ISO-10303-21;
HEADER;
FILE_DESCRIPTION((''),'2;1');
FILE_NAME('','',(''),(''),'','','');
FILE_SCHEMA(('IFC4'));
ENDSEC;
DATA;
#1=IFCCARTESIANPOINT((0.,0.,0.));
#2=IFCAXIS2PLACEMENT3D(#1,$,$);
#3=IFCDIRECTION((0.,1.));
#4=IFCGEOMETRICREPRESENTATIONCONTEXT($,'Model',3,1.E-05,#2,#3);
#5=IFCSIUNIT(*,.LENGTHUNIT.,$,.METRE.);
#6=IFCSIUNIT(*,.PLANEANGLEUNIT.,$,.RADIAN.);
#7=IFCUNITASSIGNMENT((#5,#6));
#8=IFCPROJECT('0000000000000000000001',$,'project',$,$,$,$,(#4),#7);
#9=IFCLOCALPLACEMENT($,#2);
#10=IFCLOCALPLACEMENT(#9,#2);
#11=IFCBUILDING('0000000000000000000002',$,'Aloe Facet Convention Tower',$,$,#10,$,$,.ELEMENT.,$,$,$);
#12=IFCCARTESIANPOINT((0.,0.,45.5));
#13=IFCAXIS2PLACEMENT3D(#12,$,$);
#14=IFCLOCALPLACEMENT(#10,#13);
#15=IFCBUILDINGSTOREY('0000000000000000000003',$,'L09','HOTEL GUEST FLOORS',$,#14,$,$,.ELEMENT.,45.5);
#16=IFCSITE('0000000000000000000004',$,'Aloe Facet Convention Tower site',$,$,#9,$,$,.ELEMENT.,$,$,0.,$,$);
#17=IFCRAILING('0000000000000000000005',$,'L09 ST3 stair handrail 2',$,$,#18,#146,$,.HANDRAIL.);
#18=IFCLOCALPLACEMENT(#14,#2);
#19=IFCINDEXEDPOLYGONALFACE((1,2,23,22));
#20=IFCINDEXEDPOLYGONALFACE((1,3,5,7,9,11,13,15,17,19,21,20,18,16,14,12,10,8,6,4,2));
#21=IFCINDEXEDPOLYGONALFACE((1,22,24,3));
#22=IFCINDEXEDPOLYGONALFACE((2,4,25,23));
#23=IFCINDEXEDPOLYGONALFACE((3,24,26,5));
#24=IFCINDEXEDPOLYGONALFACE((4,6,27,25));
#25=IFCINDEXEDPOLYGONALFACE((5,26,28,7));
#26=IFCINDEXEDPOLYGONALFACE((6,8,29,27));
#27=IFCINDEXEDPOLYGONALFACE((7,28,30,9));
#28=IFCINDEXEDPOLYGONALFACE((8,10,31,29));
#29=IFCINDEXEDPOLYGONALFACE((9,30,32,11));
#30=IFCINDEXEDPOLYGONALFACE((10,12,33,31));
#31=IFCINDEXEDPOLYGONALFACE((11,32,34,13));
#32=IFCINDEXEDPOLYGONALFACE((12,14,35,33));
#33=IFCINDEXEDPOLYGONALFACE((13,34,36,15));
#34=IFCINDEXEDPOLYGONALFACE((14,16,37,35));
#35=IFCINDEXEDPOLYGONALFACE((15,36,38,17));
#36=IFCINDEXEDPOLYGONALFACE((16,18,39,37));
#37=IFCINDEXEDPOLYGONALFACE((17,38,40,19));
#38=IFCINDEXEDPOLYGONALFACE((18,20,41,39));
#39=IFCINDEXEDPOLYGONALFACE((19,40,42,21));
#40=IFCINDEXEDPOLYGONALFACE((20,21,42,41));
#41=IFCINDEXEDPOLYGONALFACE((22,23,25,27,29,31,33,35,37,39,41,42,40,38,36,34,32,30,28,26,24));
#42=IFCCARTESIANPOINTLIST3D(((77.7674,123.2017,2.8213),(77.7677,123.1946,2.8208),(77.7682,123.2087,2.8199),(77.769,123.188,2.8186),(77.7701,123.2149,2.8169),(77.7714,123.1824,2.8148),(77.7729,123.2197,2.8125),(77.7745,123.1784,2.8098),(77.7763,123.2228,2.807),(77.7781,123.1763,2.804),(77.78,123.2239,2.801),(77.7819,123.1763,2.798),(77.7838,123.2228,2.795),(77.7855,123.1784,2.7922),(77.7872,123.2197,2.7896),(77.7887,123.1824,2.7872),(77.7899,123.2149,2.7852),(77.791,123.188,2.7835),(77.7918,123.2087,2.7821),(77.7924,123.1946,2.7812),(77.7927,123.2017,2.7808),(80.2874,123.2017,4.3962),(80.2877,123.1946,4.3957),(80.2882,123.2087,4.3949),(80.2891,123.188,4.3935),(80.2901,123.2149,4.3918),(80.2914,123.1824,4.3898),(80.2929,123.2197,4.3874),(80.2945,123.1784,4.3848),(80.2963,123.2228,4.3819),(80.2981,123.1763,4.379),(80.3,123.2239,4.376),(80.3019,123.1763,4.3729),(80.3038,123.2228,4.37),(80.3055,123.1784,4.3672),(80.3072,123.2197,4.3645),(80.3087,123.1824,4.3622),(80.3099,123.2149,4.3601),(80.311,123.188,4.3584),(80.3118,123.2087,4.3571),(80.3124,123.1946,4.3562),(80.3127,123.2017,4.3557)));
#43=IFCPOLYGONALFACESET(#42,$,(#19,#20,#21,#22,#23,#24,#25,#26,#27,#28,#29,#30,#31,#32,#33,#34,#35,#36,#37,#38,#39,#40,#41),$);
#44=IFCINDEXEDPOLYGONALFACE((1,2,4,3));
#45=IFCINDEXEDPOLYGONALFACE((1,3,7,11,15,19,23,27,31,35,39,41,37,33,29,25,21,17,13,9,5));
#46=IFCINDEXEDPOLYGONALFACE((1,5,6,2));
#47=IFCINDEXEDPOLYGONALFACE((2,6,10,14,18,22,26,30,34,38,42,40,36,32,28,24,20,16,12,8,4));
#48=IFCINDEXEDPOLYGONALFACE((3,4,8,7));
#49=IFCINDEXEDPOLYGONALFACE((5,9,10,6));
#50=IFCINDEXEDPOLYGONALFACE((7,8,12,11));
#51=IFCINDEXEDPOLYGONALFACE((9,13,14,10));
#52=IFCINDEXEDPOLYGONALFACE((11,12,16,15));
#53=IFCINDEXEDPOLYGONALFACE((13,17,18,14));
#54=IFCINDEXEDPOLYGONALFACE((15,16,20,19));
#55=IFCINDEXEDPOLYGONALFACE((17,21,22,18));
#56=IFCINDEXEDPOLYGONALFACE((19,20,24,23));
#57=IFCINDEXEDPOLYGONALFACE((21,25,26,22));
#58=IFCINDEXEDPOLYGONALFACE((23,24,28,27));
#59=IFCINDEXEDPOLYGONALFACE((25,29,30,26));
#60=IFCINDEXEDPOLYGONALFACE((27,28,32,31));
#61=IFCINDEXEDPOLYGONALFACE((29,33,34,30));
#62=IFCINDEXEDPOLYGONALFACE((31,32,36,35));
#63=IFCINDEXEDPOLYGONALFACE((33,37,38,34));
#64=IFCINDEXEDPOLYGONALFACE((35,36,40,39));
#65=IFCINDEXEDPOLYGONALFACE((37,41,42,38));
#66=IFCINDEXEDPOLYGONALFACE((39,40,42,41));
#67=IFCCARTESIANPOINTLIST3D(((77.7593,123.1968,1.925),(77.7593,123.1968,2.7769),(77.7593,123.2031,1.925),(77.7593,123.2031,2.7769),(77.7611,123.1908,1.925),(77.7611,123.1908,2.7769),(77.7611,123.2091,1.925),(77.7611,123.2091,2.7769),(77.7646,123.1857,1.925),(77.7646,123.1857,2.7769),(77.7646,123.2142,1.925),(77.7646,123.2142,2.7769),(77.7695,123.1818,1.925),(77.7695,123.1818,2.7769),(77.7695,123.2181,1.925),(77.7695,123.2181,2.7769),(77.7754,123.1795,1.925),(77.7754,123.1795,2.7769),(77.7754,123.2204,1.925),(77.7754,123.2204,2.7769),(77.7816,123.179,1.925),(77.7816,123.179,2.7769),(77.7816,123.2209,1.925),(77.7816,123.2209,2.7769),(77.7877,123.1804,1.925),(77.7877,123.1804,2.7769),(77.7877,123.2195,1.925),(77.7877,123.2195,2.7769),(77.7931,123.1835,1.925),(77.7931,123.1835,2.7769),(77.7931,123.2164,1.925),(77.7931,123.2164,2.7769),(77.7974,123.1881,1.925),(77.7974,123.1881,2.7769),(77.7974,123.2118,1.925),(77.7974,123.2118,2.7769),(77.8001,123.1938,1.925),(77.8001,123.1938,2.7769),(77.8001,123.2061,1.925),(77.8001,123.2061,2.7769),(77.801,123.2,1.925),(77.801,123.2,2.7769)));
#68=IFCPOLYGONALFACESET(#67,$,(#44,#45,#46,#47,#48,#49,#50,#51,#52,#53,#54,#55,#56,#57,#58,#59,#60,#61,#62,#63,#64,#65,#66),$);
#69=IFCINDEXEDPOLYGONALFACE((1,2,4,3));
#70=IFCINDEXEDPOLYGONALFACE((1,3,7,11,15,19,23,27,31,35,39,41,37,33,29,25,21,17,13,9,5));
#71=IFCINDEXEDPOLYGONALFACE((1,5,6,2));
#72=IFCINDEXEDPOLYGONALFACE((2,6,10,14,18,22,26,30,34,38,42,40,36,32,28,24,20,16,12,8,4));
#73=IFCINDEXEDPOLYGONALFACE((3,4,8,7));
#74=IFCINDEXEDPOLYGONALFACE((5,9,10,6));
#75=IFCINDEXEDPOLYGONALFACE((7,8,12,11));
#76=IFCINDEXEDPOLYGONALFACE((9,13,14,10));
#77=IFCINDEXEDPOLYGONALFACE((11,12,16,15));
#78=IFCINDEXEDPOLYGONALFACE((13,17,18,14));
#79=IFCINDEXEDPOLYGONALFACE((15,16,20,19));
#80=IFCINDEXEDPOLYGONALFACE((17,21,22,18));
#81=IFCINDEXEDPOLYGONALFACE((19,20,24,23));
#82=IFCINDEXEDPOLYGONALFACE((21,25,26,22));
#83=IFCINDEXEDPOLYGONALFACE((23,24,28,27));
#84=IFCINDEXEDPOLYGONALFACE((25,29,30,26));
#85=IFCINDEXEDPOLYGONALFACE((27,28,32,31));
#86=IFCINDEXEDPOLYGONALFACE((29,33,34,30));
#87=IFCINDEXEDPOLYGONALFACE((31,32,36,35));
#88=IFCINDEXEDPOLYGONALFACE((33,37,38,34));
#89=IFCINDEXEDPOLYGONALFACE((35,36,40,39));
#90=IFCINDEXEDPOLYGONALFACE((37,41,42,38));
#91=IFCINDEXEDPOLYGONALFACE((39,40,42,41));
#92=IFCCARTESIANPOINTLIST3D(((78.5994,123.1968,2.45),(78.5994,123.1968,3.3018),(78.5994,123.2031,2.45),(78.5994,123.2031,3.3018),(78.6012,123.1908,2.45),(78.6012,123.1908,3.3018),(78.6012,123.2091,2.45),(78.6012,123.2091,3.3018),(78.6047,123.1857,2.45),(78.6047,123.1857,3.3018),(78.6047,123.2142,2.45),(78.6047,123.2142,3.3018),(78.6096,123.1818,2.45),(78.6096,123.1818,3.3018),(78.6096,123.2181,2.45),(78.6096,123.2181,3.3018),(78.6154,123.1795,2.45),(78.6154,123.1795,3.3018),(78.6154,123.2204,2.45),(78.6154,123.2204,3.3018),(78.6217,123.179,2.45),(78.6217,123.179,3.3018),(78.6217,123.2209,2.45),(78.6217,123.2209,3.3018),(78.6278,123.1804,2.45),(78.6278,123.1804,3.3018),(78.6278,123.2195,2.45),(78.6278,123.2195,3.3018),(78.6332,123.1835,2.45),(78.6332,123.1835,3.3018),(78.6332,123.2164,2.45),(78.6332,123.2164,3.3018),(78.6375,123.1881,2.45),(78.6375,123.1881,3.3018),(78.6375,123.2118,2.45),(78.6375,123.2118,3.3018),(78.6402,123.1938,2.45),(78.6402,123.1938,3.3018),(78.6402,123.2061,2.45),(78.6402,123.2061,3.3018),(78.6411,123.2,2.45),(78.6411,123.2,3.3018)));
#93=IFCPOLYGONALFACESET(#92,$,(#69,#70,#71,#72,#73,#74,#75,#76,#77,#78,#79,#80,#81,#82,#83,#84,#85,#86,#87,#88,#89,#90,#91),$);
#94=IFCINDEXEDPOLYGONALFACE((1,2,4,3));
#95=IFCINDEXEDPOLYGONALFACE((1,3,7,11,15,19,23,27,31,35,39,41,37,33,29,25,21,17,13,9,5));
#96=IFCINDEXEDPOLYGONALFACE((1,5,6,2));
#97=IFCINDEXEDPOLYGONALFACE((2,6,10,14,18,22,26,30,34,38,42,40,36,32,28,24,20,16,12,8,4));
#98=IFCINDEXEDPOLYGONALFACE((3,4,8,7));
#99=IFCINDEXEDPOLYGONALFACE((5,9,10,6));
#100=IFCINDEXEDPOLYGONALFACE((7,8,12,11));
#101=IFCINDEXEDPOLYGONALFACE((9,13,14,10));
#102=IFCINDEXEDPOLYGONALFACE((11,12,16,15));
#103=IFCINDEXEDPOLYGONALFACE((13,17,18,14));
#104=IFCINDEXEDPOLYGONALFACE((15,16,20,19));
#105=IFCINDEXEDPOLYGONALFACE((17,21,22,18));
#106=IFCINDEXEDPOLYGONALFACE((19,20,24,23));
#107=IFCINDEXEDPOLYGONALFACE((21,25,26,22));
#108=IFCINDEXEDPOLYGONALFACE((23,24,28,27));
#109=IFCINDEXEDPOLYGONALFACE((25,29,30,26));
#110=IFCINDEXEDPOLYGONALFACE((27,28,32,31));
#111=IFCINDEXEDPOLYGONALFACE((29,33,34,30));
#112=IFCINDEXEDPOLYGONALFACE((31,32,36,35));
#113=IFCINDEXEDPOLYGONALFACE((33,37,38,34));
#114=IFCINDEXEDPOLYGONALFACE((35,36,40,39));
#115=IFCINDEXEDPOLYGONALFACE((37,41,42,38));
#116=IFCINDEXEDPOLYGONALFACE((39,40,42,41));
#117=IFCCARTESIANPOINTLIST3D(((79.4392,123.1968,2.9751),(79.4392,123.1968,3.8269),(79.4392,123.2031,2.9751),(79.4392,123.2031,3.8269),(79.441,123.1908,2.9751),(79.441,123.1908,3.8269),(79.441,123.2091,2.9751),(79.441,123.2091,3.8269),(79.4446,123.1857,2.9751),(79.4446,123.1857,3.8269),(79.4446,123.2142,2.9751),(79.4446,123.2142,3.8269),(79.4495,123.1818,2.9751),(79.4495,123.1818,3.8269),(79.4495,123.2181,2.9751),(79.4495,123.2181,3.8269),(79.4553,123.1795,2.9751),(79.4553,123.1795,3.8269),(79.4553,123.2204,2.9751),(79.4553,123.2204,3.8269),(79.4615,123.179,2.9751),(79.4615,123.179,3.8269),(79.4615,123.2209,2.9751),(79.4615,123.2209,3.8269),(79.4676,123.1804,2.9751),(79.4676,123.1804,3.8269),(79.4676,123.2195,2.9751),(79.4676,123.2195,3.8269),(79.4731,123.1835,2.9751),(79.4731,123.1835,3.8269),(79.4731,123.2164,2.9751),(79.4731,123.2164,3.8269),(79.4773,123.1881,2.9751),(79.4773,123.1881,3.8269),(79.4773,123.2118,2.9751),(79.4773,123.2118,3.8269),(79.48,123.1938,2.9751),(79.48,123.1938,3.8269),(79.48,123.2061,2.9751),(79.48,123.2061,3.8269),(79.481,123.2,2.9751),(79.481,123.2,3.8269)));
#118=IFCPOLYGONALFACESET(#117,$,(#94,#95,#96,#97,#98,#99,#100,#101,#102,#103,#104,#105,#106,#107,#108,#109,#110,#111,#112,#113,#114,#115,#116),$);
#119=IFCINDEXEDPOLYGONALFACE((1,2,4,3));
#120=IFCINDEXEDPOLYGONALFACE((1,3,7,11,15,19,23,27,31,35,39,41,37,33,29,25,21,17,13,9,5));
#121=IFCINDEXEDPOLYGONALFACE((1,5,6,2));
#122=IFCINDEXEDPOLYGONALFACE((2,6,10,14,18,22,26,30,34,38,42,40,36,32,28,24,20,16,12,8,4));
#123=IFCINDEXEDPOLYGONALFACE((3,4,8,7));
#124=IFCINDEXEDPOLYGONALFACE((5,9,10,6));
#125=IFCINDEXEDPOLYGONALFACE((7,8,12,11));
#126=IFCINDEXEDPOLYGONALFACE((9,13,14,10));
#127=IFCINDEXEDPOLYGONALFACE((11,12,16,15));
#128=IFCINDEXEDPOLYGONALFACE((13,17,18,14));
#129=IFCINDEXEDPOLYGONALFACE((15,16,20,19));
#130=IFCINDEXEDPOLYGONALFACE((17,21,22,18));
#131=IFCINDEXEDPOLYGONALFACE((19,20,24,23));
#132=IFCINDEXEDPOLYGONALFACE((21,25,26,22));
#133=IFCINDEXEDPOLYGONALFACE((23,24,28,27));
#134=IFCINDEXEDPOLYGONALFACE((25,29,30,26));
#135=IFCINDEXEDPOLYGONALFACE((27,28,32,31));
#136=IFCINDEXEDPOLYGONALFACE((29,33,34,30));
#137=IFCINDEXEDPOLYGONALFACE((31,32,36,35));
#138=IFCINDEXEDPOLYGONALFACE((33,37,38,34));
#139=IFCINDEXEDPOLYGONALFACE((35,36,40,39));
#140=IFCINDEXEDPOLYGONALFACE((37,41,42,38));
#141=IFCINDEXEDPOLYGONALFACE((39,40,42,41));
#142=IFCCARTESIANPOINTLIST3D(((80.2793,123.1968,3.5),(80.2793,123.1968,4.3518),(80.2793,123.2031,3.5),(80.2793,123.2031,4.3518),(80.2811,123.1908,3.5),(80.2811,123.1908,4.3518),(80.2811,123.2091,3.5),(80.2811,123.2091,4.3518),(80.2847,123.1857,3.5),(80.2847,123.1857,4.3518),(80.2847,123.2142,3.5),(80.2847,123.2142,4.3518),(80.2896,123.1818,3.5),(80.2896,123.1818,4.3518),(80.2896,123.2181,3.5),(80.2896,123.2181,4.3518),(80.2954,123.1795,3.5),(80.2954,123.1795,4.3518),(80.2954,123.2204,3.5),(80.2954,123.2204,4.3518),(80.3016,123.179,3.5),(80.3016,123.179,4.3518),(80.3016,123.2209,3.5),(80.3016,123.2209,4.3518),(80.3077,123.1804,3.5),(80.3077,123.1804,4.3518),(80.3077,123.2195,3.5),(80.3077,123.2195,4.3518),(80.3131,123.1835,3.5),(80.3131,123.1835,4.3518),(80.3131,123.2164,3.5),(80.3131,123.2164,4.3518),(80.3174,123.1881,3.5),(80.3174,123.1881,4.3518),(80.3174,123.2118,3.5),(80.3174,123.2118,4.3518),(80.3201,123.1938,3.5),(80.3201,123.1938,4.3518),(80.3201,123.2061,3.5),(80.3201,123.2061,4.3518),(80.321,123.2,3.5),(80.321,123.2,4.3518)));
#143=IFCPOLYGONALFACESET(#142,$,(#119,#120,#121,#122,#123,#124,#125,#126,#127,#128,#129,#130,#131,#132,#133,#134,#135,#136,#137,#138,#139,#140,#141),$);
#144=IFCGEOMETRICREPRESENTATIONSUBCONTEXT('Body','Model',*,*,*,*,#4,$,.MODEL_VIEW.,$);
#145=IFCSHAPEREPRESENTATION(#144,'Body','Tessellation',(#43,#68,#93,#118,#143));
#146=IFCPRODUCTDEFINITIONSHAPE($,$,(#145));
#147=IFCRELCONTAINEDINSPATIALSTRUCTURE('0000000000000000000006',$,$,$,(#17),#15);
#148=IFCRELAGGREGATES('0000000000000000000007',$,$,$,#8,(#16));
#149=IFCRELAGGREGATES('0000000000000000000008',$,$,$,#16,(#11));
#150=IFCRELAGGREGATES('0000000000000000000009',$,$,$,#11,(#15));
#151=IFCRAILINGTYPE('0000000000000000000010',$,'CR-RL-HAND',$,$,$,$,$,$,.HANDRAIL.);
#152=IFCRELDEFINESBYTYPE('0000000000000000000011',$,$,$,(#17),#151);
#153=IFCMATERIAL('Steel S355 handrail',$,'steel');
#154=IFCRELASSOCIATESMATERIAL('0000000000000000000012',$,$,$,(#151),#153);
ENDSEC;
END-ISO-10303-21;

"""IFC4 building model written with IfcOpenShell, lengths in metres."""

from ifc_helpers import new_model, si_unit, direction, frame, origin, origin_2d, place, context, subcontext, project, spatial, circle, extrude, material, type_object, element, save


model = new_model("IFC4")

# Units and contexts
model_context = context("Model", 3, precision=1e-05, world=origin(), true_north=direction((0.0, 1.0)))
body_context = subcontext(model_context, "Body", "Model", "MODEL_VIEW")
ifc_project = project(units=[si_unit("LENGTHUNIT", "METRE"), si_unit("PLANEANGLEUNIT", "RADIAN")], contexts=[model_context])

# Site, building, storey
site_placement = place(None, origin())
site = spatial("IfcSite", under=ifc_project, at=site_placement, Name="Aloe Facet Convention Tower site", CompositionType="ELEMENT", RefElevation=0.0)
building_placement = place(site_placement, origin())
building = spatial("IfcBuilding", under=site, at=building_placement, Name="Aloe Facet Convention Tower", CompositionType="ELEMENT")
storey_placement = place(building_placement, frame((0.0, 0.0, 45.5)))
storey = spatial("IfcBuildingStorey", under=building, at=storey_placement, Name="L09", Description="HOTEL GUEST FLOORS", CompositionType="ELEMENT", Elevation=45.5)

# Railing
ifc_material_1 = material(Name="Steel S355 handrail", Category="steel")
railing_type_1 = type_object("IfcRailingType", Name="CR-RL-HAND", PredefinedType="HANDRAIL", material=ifc_material_1)
railing_1_placement = place(storey_placement, frame((77.78, 123.2, 1.925)))
element("IfcRailing", 1, at=railing_1_placement, inside=storey, type_object=railing_type_1, Name="L09 ST3 stair handrail 2", PredefinedType="HANDRAIL", context=body_context, shape_type="SweptSolid", body=[
    extrude(circle(Radius=0.0239, at=origin_2d()), frame((0.0, 0.0, 0.876), z_axis=(0.848008, 0.0, 0.529984), x_axis=(0.0, 1.0, 0.0)), (0.0, 0.0, 1.0), 2.9717),
    extrude(circle(Radius=0.021, at=origin_2d()), origin(), (0.0, 0.0, 1.0), 0.8518),
    extrude(circle(Radius=0.021, at=origin_2d()), frame((0.8401, 0.0, 0.5249)), (0.0, 0.0, 1.0), 0.8518),
    extrude(circle(Radius=0.021, at=origin_2d()), frame((1.6799, 0.0, 1.05)), (0.0, 0.0, 1.0), 0.8518),
    extrude(circle(Radius=0.021, at=origin_2d()), frame((2.52, 0.0, 1.575)), (0.0, 0.0, 1.0), 0.8518),
])

save(model, "model.ifc")
